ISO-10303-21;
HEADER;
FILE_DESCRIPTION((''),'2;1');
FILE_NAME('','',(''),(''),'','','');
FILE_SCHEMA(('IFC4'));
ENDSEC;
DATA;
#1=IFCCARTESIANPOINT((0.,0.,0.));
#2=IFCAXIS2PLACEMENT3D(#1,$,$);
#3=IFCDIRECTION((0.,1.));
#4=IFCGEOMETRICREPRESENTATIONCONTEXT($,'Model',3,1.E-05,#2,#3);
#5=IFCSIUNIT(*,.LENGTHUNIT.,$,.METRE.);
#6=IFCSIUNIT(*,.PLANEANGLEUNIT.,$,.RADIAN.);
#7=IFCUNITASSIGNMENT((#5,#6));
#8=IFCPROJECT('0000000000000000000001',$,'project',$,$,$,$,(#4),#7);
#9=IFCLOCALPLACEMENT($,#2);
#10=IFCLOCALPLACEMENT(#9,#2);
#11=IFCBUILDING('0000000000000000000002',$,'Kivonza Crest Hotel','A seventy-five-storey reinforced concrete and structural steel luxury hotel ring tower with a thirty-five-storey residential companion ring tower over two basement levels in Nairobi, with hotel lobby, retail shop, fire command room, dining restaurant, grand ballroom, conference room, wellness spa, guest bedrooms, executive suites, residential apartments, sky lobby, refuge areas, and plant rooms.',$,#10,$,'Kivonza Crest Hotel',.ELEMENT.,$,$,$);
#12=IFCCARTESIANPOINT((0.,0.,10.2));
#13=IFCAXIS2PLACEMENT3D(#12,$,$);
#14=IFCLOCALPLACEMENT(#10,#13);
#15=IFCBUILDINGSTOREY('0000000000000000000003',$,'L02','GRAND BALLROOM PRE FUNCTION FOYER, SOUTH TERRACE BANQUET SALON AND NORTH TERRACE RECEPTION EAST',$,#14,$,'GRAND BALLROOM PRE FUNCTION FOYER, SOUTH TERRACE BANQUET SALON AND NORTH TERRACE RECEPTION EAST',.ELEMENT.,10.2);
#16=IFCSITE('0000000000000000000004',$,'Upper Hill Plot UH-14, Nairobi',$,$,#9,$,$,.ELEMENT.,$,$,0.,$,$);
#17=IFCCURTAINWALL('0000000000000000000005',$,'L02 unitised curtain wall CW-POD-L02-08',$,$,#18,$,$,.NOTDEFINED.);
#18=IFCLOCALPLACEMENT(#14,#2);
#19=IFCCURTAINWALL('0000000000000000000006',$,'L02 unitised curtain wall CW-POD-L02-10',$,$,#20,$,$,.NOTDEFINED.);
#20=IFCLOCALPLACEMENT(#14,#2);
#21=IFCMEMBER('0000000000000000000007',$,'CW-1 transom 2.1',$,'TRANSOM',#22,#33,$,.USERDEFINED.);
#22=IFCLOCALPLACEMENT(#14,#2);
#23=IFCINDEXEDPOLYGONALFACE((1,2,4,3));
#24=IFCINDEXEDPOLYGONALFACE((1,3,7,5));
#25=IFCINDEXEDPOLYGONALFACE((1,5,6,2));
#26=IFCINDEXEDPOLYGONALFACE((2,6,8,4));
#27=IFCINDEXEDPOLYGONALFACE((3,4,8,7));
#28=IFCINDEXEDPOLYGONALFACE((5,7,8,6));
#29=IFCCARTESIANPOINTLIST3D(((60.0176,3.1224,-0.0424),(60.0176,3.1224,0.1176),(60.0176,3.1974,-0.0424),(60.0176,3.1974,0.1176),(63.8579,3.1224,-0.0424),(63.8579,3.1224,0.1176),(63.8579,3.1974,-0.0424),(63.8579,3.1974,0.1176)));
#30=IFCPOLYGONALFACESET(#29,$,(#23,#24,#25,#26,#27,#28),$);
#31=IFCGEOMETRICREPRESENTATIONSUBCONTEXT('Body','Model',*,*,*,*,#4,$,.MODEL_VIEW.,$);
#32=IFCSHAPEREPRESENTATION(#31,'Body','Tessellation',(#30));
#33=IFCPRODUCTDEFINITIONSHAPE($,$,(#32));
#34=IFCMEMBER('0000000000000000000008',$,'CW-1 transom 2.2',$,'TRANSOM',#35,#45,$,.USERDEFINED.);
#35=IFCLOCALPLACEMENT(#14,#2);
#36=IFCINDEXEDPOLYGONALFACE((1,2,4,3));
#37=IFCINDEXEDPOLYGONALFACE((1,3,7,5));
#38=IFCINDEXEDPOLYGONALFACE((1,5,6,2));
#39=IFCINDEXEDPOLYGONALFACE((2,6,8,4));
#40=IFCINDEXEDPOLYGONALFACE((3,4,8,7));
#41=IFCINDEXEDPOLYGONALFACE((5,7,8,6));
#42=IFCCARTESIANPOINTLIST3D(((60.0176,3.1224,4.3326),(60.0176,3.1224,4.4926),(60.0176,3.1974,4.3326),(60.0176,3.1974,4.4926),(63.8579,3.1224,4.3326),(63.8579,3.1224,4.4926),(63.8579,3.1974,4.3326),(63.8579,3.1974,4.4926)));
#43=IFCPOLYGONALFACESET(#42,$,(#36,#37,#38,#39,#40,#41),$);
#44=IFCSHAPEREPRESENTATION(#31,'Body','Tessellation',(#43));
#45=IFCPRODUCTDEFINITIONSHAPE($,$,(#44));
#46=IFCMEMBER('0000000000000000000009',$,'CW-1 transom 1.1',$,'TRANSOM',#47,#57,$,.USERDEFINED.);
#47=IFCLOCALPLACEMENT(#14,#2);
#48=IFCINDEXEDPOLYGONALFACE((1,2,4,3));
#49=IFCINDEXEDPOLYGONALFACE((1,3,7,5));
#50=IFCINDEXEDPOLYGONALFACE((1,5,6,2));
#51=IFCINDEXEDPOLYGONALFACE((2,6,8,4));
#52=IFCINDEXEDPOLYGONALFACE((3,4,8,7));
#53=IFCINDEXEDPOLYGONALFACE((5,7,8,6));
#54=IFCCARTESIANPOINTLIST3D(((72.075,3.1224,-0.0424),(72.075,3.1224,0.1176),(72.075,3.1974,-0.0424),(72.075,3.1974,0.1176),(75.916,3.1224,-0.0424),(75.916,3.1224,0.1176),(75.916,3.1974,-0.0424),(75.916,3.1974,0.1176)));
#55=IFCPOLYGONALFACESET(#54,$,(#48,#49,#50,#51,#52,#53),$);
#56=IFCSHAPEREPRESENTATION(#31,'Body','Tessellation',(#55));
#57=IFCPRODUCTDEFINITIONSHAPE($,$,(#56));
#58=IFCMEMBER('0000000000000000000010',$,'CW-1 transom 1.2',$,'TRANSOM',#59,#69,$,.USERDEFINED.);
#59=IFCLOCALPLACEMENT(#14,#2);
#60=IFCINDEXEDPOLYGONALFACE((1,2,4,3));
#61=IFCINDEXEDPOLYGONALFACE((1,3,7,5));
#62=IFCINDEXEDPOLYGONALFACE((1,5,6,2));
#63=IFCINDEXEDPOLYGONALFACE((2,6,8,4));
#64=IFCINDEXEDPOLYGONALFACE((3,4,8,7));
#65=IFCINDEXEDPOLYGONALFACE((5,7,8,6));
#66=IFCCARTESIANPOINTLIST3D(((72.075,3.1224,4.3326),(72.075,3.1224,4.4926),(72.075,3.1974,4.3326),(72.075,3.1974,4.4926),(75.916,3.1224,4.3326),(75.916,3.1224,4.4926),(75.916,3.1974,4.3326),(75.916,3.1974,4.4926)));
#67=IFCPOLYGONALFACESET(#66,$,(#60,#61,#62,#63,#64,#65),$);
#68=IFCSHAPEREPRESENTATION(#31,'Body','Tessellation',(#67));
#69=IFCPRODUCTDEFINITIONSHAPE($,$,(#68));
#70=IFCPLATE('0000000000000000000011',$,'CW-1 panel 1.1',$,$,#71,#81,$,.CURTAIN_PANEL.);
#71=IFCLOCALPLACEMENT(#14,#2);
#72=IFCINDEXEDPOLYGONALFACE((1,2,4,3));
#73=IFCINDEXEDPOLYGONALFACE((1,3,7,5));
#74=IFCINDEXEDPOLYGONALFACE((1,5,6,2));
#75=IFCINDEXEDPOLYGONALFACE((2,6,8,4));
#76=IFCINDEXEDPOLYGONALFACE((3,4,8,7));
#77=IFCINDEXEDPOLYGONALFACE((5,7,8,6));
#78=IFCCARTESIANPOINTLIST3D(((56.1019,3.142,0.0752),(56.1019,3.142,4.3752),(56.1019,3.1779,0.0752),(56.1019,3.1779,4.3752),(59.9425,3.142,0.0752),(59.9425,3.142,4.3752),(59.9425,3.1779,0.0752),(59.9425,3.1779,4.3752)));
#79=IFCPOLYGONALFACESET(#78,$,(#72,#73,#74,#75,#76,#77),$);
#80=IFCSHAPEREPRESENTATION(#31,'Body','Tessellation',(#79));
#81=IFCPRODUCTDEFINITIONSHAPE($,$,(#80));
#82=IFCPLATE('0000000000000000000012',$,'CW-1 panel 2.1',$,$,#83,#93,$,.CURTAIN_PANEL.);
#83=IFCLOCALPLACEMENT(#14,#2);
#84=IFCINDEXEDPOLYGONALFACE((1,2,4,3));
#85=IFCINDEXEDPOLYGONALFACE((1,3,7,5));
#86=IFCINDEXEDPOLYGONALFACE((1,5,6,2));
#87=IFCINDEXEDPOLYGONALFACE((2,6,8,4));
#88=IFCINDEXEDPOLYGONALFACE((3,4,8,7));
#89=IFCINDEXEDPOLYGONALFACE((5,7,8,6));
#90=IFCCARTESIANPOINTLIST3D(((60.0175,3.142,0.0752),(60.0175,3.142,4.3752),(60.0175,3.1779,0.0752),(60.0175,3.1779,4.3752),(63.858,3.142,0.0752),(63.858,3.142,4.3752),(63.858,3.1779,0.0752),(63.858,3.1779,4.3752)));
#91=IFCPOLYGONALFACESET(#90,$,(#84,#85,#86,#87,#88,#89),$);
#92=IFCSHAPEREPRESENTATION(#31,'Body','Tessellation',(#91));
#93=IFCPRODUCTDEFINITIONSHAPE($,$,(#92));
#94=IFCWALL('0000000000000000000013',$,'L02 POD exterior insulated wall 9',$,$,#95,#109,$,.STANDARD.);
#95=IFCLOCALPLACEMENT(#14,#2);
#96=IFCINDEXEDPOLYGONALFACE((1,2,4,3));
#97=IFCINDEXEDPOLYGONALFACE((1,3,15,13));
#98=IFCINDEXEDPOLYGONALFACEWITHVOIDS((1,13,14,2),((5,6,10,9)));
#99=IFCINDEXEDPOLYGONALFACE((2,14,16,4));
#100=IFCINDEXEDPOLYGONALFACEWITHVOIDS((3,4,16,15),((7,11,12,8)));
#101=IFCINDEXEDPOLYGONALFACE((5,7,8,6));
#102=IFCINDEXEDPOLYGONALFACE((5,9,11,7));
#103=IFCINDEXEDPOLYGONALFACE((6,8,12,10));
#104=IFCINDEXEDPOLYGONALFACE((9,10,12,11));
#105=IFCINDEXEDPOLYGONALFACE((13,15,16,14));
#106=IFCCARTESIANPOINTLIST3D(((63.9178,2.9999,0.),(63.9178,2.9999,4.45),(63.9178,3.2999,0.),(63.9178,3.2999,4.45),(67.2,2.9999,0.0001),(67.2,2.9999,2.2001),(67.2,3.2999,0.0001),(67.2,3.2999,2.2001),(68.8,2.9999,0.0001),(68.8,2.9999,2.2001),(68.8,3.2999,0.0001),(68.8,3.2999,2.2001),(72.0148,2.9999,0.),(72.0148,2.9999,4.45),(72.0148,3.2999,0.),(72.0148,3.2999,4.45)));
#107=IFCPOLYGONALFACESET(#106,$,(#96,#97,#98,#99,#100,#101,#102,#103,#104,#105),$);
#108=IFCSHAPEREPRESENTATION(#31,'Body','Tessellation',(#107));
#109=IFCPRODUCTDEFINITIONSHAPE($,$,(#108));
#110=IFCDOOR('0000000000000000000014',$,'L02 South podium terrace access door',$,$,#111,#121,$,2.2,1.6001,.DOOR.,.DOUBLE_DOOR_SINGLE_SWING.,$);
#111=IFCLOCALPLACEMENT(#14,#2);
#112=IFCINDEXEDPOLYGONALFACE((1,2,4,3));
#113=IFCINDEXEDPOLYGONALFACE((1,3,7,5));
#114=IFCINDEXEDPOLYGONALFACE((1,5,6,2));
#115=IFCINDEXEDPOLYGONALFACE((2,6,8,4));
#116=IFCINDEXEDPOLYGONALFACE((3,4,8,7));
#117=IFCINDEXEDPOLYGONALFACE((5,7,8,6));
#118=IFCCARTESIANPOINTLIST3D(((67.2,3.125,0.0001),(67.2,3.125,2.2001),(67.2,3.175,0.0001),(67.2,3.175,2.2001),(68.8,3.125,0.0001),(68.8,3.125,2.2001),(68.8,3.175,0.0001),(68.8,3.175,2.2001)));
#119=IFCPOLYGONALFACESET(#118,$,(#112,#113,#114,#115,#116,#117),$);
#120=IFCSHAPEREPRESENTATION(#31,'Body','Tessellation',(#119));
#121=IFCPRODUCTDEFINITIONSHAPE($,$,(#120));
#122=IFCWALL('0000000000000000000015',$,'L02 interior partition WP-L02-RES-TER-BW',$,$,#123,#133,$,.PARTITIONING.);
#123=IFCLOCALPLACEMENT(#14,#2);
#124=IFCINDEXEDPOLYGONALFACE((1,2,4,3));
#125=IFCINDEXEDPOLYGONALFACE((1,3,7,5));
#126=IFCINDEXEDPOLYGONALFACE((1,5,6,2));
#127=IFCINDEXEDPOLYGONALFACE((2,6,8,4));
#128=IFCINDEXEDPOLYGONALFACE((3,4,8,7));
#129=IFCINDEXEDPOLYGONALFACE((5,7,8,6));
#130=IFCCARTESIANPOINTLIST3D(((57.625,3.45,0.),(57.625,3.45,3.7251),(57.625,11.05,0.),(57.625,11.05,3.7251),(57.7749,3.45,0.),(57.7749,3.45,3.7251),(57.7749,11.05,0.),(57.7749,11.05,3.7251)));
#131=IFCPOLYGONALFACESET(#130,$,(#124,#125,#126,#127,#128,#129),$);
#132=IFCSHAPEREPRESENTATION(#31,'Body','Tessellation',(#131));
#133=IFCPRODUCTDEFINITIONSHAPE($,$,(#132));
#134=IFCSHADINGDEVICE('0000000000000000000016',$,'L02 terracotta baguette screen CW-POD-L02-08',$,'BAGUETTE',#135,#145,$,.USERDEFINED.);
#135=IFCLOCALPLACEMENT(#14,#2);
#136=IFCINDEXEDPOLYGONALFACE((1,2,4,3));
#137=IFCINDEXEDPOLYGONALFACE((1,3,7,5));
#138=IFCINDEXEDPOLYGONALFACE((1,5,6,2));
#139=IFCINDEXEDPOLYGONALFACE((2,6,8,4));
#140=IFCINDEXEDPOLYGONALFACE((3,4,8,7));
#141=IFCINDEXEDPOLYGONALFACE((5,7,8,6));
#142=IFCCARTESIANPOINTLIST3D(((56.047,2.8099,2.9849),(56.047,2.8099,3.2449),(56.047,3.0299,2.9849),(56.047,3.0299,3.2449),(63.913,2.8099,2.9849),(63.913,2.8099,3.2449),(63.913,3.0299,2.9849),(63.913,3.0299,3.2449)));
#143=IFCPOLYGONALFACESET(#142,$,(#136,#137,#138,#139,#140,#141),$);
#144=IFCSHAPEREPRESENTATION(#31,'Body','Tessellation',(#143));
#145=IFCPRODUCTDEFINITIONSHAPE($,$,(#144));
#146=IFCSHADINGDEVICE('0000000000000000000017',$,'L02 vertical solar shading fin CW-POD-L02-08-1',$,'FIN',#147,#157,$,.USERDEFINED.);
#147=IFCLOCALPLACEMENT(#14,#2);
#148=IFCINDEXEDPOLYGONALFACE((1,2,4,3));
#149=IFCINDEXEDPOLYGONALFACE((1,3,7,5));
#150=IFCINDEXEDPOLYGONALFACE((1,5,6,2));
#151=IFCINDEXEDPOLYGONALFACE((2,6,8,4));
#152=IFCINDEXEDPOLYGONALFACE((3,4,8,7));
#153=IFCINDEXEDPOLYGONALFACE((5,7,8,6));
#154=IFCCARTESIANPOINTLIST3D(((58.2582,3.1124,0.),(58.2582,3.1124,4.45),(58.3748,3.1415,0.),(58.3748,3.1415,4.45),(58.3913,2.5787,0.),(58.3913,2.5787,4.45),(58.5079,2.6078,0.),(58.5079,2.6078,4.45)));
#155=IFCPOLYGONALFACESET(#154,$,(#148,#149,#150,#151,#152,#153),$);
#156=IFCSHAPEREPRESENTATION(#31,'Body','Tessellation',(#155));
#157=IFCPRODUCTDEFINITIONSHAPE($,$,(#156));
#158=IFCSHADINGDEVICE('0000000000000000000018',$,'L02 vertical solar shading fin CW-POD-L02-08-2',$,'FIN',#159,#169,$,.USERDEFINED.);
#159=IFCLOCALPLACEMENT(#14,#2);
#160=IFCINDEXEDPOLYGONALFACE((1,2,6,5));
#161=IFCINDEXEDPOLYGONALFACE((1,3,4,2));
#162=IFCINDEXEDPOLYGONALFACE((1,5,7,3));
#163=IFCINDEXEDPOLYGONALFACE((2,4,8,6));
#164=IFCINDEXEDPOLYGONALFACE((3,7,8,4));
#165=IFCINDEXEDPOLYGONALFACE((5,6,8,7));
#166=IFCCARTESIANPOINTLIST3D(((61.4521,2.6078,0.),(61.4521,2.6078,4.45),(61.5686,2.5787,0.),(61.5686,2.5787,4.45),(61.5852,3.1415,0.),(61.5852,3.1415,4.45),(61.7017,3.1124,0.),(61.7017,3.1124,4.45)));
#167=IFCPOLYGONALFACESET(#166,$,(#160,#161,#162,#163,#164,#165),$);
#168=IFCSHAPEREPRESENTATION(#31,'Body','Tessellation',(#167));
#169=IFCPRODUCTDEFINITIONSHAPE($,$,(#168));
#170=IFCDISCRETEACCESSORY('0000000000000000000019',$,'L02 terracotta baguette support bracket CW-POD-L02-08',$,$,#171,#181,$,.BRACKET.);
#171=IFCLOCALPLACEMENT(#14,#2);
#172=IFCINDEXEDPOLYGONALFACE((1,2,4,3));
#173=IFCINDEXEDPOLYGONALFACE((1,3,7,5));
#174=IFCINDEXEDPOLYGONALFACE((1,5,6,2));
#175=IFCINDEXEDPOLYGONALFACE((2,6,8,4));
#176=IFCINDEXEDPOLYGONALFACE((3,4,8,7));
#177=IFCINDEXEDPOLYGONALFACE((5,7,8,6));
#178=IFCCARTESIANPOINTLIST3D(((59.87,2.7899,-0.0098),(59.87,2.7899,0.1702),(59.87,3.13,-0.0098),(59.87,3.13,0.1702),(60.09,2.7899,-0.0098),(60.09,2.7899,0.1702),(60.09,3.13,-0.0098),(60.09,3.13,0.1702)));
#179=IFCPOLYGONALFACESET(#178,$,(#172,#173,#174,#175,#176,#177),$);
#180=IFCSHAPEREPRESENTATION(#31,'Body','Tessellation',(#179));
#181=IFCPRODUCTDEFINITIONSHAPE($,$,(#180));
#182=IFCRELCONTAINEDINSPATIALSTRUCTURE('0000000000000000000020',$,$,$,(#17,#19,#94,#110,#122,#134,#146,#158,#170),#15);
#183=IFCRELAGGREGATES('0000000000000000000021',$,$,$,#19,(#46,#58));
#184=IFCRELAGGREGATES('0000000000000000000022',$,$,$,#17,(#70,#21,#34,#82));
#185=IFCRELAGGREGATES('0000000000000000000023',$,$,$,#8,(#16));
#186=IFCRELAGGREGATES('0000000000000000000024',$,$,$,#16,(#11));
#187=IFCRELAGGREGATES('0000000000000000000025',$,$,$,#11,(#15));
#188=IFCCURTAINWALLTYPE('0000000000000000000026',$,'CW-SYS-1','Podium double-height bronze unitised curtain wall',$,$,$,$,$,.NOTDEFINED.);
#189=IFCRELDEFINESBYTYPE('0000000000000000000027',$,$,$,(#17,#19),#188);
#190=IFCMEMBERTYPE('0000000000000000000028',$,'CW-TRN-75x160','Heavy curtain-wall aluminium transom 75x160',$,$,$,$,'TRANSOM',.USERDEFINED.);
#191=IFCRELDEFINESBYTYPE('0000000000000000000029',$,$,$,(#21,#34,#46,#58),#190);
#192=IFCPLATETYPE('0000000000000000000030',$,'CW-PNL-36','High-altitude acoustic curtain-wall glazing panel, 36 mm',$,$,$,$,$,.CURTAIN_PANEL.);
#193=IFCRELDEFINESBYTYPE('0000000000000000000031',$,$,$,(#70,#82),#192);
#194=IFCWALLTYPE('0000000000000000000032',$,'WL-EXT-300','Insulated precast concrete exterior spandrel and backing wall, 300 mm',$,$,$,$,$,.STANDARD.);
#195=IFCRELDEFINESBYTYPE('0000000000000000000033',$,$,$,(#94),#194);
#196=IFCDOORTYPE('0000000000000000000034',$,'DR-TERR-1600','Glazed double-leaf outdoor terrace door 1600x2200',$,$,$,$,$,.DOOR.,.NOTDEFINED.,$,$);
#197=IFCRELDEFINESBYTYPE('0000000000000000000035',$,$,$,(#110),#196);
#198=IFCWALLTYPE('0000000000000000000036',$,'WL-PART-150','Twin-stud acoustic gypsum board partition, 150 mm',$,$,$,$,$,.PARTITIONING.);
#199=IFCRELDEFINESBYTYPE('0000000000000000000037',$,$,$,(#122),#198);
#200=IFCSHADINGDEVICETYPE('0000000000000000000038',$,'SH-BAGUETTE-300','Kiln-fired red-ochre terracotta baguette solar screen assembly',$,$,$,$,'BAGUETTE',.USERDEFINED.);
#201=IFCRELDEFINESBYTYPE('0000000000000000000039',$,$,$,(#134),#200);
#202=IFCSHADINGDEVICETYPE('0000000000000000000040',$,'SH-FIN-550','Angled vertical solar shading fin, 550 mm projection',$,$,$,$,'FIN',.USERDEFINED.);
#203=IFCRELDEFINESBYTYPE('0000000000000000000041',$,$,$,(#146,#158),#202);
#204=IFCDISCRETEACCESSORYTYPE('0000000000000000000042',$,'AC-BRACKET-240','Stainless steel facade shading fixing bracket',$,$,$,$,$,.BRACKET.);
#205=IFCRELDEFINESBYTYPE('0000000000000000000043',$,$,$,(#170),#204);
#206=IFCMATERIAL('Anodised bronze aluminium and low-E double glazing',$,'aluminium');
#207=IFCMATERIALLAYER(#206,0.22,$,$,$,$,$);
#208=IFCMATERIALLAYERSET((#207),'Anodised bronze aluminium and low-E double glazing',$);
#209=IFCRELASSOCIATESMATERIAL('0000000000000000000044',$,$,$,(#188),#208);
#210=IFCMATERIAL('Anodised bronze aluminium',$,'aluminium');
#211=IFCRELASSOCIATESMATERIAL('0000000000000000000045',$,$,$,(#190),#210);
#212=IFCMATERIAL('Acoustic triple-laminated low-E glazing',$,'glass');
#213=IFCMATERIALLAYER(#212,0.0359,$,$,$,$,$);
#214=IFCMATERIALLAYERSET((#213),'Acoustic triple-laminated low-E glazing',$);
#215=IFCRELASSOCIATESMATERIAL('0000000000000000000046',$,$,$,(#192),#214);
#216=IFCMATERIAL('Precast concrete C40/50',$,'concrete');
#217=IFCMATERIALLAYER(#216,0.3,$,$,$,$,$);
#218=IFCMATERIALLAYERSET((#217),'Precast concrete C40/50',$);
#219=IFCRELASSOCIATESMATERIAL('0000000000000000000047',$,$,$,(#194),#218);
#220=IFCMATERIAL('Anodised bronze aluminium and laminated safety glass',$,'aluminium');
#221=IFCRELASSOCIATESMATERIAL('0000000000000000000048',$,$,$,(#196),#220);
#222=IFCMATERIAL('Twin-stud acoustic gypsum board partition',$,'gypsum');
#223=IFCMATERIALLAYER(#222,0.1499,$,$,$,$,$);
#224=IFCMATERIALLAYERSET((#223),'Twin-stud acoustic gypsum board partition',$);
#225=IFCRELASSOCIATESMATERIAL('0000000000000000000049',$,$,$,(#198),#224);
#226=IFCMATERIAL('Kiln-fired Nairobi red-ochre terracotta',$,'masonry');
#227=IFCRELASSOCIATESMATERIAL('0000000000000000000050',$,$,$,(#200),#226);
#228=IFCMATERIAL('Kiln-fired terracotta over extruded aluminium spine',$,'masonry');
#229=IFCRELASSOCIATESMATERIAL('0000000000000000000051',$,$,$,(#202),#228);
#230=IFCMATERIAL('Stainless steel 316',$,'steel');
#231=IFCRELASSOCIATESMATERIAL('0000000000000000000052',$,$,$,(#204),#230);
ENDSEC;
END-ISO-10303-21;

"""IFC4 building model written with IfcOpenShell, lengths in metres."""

from ifc_helpers import new_model, si_unit, direction, frame, frame_2d, origin, origin_2d, place, context, subcontext, project, spatial, rectangle, extrude, material, layer, layer_set, material_profile, profile_set, type_object, element, fill, aggregate, save


model = new_model("IFC4")

# Units and contexts
model_context = context("Model", 3, precision=1e-05, world=origin(), true_north=direction((0.0, 1.0)))
body_context = subcontext(model_context, "Body", "Model", "MODEL_VIEW")
ifc_project = project(units=[si_unit("LENGTHUNIT", "METRE"), si_unit("PLANEANGLEUNIT", "RADIAN")], contexts=[model_context])

# Site, building, storey
site_placement = place(None, origin())
site = spatial("IfcSite", under=ifc_project, at=site_placement, Name="Upper Hill Plot UH-14, Nairobi", CompositionType="ELEMENT", RefElevation=0.0)
building_placement = place(site_placement, origin())
building = spatial("IfcBuilding", under=site, at=building_placement, Name="Kivonza Crest Hotel", Description="A seventy-five-storey reinforced concrete and structural steel luxury hotel ring tower with a thirty-five-storey residential companion ring tower over two basement levels in Nairobi, with hotel lobby, retail shop, fire command room, dining restaurant, grand ballroom, conference room, wellness spa, guest bedrooms, executive suites, residential apartments, sky lobby, refuge areas, and plant rooms.", LongName="Kivonza Crest Hotel", CompositionType="ELEMENT")
storey_placement = place(building_placement, frame((0.0, 0.0, 10.2)))
storey = spatial("IfcBuildingStorey", under=building, at=storey_placement, Name="L02", Description="GRAND BALLROOM PRE FUNCTION FOYER, SOUTH TERRACE BANQUET SALON AND NORTH TERRACE RECEPTION EAST", LongName="GRAND BALLROOM PRE FUNCTION FOYER, SOUTH TERRACE BANQUET SALON AND NORTH TERRACE RECEPTION EAST", CompositionType="ELEMENT", Elevation=10.2)

# Curtain wall
ifc_material_1 = material(Name="Anodised bronze aluminium and low-E double glazing", Category="aluminium")
ifc_layer_1 = layer(ifc_material_1, 0.22)
ifc_layer_set_1 = layer_set([ifc_layer_1], Name="Anodised bronze aluminium and low-E double glazing")
curtain_wall_type = type_object("IfcCurtainWallType", Name="CW-SYS-1", Description="Podium double-height bronze unitised curtain wall", PredefinedType="NOTDEFINED", material=ifc_layer_set_1)
curtain_wall_1_placement = place(storey_placement, origin())
curtain_wall_1 = element("IfcCurtainWall", 1, at=curtain_wall_1_placement, inside=storey, type_object=curtain_wall_type, Name="L02 unitised curtain wall CW-POD-L02-08", PredefinedType="NOTDEFINED")
ifc_material_2 = material(Name="Anodised bronze aluminium", Category="aluminium")

# Curtain wall
curtain_wall_2_placement = place(storey_placement, origin())
curtain_wall_2 = element("IfcCurtainWall", 2, at=curtain_wall_2_placement, inside=storey, type_object=curtain_wall_type, Name="L02 unitised curtain wall CW-POD-L02-10", PredefinedType="NOTDEFINED")

# Members
ifc_material_profile_1 = material_profile(ifc_material_2, rectangle(XDim=0.075, YDim=0.1599, at=origin_2d()), Name="CW-T 75x160")
ifc_profile_set_1 = profile_set([ifc_material_profile_1], Name="Anodised bronze aluminium")
member_type_1 = type_object("IfcMemberType", Name="CW-TRN-75x160", Description="Heavy curtain-wall aluminium transom 75x160", ElementType="TRANSOM", PredefinedType="USERDEFINED", material=ifc_profile_set_1)
member_1_placement = place(storey_placement, frame((60.0176, 3.1599, 0.0376), z_axis=(1.0, 0.0, 0.0), x_axis=(0.0, 1.0, 0.0)))
member_1 = element("IfcMember", 3, at=member_1_placement, type_object=member_type_1, Name="CW-1 transom 2.1", ObjectType="TRANSOM", PredefinedType="USERDEFINED", context=body_context, shape_type="SweptSolid", body=[
    extrude(rectangle(XDim=0.075, YDim=0.1599, at=origin_2d()), origin(), (0.0, 0.0, 1.0), 3.8403),
])
member_2_placement = place(storey_placement, frame((60.0176, 3.1599, 4.4126), z_axis=(1.0, 0.0, 0.0), x_axis=(0.0, 1.0, 0.0)))
member_2 = element("IfcMember", 4, at=member_2_placement, type_object=member_type_1, Name="CW-1 transom 2.2", ObjectType="TRANSOM", PredefinedType="USERDEFINED", context=body_context, shape_type="SweptSolid", body=[
    extrude(rectangle(XDim=0.075, YDim=0.1599, at=origin_2d()), origin(), (0.0, 0.0, 1.0), 3.8403),
])
member_3_placement = place(storey_placement, frame((72.075, 3.1599, 0.0376), z_axis=(1.0, 0.0, 0.0), x_axis=(0.0, 1.0, 0.0)))
member_3 = element("IfcMember", 5, at=member_3_placement, type_object=member_type_1, Name="CW-1 transom 1.1", ObjectType="TRANSOM", PredefinedType="USERDEFINED", context=body_context, shape_type="SweptSolid", body=[
    extrude(rectangle(XDim=0.075, YDim=0.1599, at=origin_2d()), origin(), (0.0, 0.0, 1.0), 3.8411),
])
member_4_placement = place(storey_placement, frame((72.075, 3.1599, 4.4126), z_axis=(1.0, 0.0, 0.0), x_axis=(0.0, 1.0, 0.0)))
member_4 = element("IfcMember", 6, at=member_4_placement, type_object=member_type_1, Name="CW-1 transom 1.2", ObjectType="TRANSOM", PredefinedType="USERDEFINED", context=body_context, shape_type="SweptSolid", body=[
    extrude(rectangle(XDim=0.075, YDim=0.1599, at=origin_2d()), origin(), (0.0, 0.0, 1.0), 3.8411),
])
aggregate(curtain_wall_2, [member_3, member_4])

# Plates
ifc_material_3 = material(Name="Acoustic triple-laminated low-E glazing", Category="glass")
ifc_layer_2 = layer(ifc_material_3, 0.0359)
ifc_layer_set_2 = layer_set([ifc_layer_2], Name="Acoustic triple-laminated low-E glazing")
plate_type = type_object("IfcPlateType", Name="CW-PNL-36", Description="High-altitude acoustic curtain-wall glazing panel, 36 mm", PredefinedType="CURTAIN_PANEL", material=ifc_layer_set_2)
plate_1_placement = place(storey_placement, frame((58.0222, 3.1599, 0.0752), z_axis=(0.0, 0.0, 1.0), x_axis=(1.0, 0.0, 0.0)))
plate_1 = element("IfcPlate", 7, at=plate_1_placement, type_object=plate_type, Name="CW-1 panel 1.1", PredefinedType="CURTAIN_PANEL", context=body_context, shape_type="SweptSolid", body=[
    extrude(rectangle(XDim=3.8406, YDim=0.0359, at=origin_2d()), origin(), (0.0, 0.0, 1.0), 4.3),
])
plate_2_placement = place(storey_placement, frame((61.9377, 3.1599, 0.0752), z_axis=(0.0, 0.0, 1.0), x_axis=(1.0, 0.0, 0.0)))
plate_2 = element("IfcPlate", 8, at=plate_2_placement, type_object=plate_type, Name="CW-1 panel 2.1", PredefinedType="CURTAIN_PANEL", context=body_context, shape_type="SweptSolid", body=[
    extrude(rectangle(XDim=3.8406, YDim=0.0359, at=origin_2d()), origin(), (0.0, 0.0, 1.0), 4.3),
])
aggregate(curtain_wall_1, [plate_1, member_1, member_2, plate_2])

# Wall, opening, door
ifc_material_4 = material(Name="Precast concrete C40/50", Category="concrete")
ifc_layer_3 = layer(ifc_material_4, 0.3)
ifc_layer_set_3 = layer_set([ifc_layer_3], Name="Precast concrete C40/50")
wall_type_1 = type_object("IfcWallType", Name="WL-EXT-300", Description="Insulated precast concrete exterior spandrel and backing wall, 300 mm", PredefinedType="STANDARD", material=ifc_layer_set_3)
wall_1_placement = place(storey_placement, frame((63.918, 3.1499, 0.0), z_axis=(0.0, 0.0, 1.0), x_axis=(1.0, 0.0, 0.0)))
wall_1 = element("IfcWall", 9, at=wall_1_placement, inside=storey, type_object=wall_type_1, Name="L02 POD exterior insulated wall 9", PredefinedType="STANDARD", context=body_context, shape_type="SweptSolid", body=[
    extrude(rectangle(XDim=8.0969, YDim=0.3, at=frame_2d((4.0483, 0.0))), origin(), (0.0, 0.0, 1.0), 4.45),
])
opening_placement = place(wall_1_placement, frame((3.282, 0.0, 0.0)))
opening = element("IfcOpeningElement", 10, at=opening_placement, cuts=wall_1, PredefinedType="OPENING", context=body_context, shape_type="SweptSolid", body=[
    extrude(rectangle(XDim=1.6001, YDim=2.2, at=frame_2d((0.8, 1.1001))), frame((0.0, 0.1602, 0.0), z_axis=(0.0, -1.0, 0.0), x_axis=(1.0, 0.0, 0.0)), (0.0, 0.0, 1.0), 0.3201),
])
ifc_material_5 = material(Name="Anodised bronze aluminium and laminated safety glass", Category="aluminium")
door_type = type_object("IfcDoorType", Name="DR-TERR-1600", Description="Glazed double-leaf outdoor terrace door 1600x2200", OperationType="NOTDEFINED", PredefinedType="DOOR", material=ifc_material_5)
door_placement = place(opening_placement, frame((1.6001, 0.0, 0.0), z_axis=(0.0, 0.0, 1.0), x_axis=(-1.0, 0.0, 0.0)))
door = element("IfcDoor", 11, at=door_placement, inside=storey, type_object=door_type, Name="L02 South podium terrace access door", OperationType="DOUBLE_DOOR_SINGLE_SWING", OverallHeight=2.2, OverallWidth=1.6001, PredefinedType="DOOR", context=body_context, shape_type="SweptSolid", body=[
    extrude(rectangle(XDim=1.6001, YDim=2.2, at=frame_2d((0.8, 1.1001))), frame((0.0, 0.0249, 0.0), z_axis=(0.0, -1.0, 0.0), x_axis=(1.0, 0.0, 0.0)), (0.0, 0.0, 1.0), 0.05),
])
fill(opening, door)

# Wall
ifc_material_6 = material(Name="Twin-stud acoustic gypsum board partition", Category="gypsum")
ifc_layer_4 = layer(ifc_material_6, 0.1499)
ifc_layer_set_4 = layer_set([ifc_layer_4], Name="Twin-stud acoustic gypsum board partition")
wall_type_2 = type_object("IfcWallType", Name="WL-PART-150", Description="Twin-stud acoustic gypsum board partition, 150 mm", PredefinedType="PARTITIONING", material=ifc_layer_set_4)
wall_2_placement = place(storey_placement, frame((57.7, 3.45, 0.0), z_axis=(0.0, 0.0, 1.0), x_axis=(0.0, 1.0, 0.0)))
element("IfcWall", 12, at=wall_2_placement, inside=storey, type_object=wall_type_2, Name="L02 interior partition WP-L02-RES-TER-BW", PredefinedType="PARTITIONING", context=body_context, shape_type="SweptSolid", body=[
    extrude(rectangle(XDim=7.6001, YDim=0.1499, at=frame_2d((3.8, 0.0))), origin(), (0.0, 0.0, 1.0), 3.7251),
])

# Shading devices
ifc_material_7 = material(Name="Kiln-fired Nairobi red-ochre terracotta", Category="masonry")
shading_device_type_1 = type_object("IfcShadingDeviceType", Name="SH-BAGUETTE-300", Description="Kiln-fired red-ochre terracotta baguette solar screen assembly", ElementType="BAGUETTE", PredefinedType="USERDEFINED", material=ifc_material_7)
shading_device_placement = place(storey_placement, frame((59.98, 2.9199, 2.9849), z_axis=(0.0, 0.0, 1.0), x_axis=(1.0, 0.0, 0.0)))
element("IfcShadingDevice", 13, at=shading_device_placement, inside=storey, type_object=shading_device_type_1, Name="L02 terracotta baguette screen CW-POD-L02-08", ObjectType="BAGUETTE", PredefinedType="USERDEFINED", context=body_context, shape_type="SweptSolid", body=[
    extrude(rectangle(XDim=7.866, YDim=0.22, at=origin_2d()), origin(), (0.0, 0.0, 1.0), 0.26),
])
ifc_material_8 = material(Name="Kiln-fired terracotta over extruded aluminium spine", Category="masonry")
shading_device_type_2 = type_object("IfcShadingDeviceType", Name="SH-FIN-550", Description="Angled vertical solar shading fin, 550 mm projection", ElementType="FIN", PredefinedType="USERDEFINED", material=ifc_material_8)
for number, where, z_axis, x_axis, name in (
    (14, (58.3831, 2.8601, 0.0), (0.0, 0.0, 1.0), (0.970296, 0.241922, 0.0), "L02 vertical solar shading fin CW-POD-L02-08-1"),
    (15, (61.5769, 2.8601, 0.0), (0.0, 0.0, 1.0), (0.970296, -0.241922, 0.0), "L02 vertical solar shading fin CW-POD-L02-08-2"),
):
    element("IfcShadingDevice", number, at=place(storey_placement, frame(where, z_axis=z_axis, x_axis=x_axis)), inside=storey, type_object=shading_device_type_2, Name=name, ObjectType="FIN", PredefinedType="USERDEFINED", context=body_context, shape_type="SweptSolid", body=[
        extrude(rectangle(XDim=0.1201, YDim=0.55, at=origin_2d()), origin(), (0.0, 0.0, 1.0), 4.45),
    ])

# Discrete accessory
ifc_material_9 = material(Name="Stainless steel 316", Category="steel")
discrete_accessory_type_1 = type_object("IfcDiscreteAccessoryType", Name="AC-BRACKET-240", Description="Stainless steel facade shading fixing bracket", PredefinedType="BRACKET", material=ifc_material_9)
discrete_accessory_1_placement = place(storey_placement, frame((59.98, 2.96, -0.0098), z_axis=(0.0, 0.0, 1.0), x_axis=(1.0, 0.0, 0.0)))
element("IfcDiscreteAccessory", 16, at=discrete_accessory_1_placement, inside=storey, type_object=discrete_accessory_type_1, Name="L02 terracotta baguette support bracket CW-POD-L02-08", PredefinedType="BRACKET", context=body_context, shape_type="SweptSolid", body=[
    extrude(rectangle(XDim=0.22, YDim=0.3401, at=origin_2d()), origin(), (0.0, 0.0, 1.0), 0.1799),
])

save(model, "model.ifc")
